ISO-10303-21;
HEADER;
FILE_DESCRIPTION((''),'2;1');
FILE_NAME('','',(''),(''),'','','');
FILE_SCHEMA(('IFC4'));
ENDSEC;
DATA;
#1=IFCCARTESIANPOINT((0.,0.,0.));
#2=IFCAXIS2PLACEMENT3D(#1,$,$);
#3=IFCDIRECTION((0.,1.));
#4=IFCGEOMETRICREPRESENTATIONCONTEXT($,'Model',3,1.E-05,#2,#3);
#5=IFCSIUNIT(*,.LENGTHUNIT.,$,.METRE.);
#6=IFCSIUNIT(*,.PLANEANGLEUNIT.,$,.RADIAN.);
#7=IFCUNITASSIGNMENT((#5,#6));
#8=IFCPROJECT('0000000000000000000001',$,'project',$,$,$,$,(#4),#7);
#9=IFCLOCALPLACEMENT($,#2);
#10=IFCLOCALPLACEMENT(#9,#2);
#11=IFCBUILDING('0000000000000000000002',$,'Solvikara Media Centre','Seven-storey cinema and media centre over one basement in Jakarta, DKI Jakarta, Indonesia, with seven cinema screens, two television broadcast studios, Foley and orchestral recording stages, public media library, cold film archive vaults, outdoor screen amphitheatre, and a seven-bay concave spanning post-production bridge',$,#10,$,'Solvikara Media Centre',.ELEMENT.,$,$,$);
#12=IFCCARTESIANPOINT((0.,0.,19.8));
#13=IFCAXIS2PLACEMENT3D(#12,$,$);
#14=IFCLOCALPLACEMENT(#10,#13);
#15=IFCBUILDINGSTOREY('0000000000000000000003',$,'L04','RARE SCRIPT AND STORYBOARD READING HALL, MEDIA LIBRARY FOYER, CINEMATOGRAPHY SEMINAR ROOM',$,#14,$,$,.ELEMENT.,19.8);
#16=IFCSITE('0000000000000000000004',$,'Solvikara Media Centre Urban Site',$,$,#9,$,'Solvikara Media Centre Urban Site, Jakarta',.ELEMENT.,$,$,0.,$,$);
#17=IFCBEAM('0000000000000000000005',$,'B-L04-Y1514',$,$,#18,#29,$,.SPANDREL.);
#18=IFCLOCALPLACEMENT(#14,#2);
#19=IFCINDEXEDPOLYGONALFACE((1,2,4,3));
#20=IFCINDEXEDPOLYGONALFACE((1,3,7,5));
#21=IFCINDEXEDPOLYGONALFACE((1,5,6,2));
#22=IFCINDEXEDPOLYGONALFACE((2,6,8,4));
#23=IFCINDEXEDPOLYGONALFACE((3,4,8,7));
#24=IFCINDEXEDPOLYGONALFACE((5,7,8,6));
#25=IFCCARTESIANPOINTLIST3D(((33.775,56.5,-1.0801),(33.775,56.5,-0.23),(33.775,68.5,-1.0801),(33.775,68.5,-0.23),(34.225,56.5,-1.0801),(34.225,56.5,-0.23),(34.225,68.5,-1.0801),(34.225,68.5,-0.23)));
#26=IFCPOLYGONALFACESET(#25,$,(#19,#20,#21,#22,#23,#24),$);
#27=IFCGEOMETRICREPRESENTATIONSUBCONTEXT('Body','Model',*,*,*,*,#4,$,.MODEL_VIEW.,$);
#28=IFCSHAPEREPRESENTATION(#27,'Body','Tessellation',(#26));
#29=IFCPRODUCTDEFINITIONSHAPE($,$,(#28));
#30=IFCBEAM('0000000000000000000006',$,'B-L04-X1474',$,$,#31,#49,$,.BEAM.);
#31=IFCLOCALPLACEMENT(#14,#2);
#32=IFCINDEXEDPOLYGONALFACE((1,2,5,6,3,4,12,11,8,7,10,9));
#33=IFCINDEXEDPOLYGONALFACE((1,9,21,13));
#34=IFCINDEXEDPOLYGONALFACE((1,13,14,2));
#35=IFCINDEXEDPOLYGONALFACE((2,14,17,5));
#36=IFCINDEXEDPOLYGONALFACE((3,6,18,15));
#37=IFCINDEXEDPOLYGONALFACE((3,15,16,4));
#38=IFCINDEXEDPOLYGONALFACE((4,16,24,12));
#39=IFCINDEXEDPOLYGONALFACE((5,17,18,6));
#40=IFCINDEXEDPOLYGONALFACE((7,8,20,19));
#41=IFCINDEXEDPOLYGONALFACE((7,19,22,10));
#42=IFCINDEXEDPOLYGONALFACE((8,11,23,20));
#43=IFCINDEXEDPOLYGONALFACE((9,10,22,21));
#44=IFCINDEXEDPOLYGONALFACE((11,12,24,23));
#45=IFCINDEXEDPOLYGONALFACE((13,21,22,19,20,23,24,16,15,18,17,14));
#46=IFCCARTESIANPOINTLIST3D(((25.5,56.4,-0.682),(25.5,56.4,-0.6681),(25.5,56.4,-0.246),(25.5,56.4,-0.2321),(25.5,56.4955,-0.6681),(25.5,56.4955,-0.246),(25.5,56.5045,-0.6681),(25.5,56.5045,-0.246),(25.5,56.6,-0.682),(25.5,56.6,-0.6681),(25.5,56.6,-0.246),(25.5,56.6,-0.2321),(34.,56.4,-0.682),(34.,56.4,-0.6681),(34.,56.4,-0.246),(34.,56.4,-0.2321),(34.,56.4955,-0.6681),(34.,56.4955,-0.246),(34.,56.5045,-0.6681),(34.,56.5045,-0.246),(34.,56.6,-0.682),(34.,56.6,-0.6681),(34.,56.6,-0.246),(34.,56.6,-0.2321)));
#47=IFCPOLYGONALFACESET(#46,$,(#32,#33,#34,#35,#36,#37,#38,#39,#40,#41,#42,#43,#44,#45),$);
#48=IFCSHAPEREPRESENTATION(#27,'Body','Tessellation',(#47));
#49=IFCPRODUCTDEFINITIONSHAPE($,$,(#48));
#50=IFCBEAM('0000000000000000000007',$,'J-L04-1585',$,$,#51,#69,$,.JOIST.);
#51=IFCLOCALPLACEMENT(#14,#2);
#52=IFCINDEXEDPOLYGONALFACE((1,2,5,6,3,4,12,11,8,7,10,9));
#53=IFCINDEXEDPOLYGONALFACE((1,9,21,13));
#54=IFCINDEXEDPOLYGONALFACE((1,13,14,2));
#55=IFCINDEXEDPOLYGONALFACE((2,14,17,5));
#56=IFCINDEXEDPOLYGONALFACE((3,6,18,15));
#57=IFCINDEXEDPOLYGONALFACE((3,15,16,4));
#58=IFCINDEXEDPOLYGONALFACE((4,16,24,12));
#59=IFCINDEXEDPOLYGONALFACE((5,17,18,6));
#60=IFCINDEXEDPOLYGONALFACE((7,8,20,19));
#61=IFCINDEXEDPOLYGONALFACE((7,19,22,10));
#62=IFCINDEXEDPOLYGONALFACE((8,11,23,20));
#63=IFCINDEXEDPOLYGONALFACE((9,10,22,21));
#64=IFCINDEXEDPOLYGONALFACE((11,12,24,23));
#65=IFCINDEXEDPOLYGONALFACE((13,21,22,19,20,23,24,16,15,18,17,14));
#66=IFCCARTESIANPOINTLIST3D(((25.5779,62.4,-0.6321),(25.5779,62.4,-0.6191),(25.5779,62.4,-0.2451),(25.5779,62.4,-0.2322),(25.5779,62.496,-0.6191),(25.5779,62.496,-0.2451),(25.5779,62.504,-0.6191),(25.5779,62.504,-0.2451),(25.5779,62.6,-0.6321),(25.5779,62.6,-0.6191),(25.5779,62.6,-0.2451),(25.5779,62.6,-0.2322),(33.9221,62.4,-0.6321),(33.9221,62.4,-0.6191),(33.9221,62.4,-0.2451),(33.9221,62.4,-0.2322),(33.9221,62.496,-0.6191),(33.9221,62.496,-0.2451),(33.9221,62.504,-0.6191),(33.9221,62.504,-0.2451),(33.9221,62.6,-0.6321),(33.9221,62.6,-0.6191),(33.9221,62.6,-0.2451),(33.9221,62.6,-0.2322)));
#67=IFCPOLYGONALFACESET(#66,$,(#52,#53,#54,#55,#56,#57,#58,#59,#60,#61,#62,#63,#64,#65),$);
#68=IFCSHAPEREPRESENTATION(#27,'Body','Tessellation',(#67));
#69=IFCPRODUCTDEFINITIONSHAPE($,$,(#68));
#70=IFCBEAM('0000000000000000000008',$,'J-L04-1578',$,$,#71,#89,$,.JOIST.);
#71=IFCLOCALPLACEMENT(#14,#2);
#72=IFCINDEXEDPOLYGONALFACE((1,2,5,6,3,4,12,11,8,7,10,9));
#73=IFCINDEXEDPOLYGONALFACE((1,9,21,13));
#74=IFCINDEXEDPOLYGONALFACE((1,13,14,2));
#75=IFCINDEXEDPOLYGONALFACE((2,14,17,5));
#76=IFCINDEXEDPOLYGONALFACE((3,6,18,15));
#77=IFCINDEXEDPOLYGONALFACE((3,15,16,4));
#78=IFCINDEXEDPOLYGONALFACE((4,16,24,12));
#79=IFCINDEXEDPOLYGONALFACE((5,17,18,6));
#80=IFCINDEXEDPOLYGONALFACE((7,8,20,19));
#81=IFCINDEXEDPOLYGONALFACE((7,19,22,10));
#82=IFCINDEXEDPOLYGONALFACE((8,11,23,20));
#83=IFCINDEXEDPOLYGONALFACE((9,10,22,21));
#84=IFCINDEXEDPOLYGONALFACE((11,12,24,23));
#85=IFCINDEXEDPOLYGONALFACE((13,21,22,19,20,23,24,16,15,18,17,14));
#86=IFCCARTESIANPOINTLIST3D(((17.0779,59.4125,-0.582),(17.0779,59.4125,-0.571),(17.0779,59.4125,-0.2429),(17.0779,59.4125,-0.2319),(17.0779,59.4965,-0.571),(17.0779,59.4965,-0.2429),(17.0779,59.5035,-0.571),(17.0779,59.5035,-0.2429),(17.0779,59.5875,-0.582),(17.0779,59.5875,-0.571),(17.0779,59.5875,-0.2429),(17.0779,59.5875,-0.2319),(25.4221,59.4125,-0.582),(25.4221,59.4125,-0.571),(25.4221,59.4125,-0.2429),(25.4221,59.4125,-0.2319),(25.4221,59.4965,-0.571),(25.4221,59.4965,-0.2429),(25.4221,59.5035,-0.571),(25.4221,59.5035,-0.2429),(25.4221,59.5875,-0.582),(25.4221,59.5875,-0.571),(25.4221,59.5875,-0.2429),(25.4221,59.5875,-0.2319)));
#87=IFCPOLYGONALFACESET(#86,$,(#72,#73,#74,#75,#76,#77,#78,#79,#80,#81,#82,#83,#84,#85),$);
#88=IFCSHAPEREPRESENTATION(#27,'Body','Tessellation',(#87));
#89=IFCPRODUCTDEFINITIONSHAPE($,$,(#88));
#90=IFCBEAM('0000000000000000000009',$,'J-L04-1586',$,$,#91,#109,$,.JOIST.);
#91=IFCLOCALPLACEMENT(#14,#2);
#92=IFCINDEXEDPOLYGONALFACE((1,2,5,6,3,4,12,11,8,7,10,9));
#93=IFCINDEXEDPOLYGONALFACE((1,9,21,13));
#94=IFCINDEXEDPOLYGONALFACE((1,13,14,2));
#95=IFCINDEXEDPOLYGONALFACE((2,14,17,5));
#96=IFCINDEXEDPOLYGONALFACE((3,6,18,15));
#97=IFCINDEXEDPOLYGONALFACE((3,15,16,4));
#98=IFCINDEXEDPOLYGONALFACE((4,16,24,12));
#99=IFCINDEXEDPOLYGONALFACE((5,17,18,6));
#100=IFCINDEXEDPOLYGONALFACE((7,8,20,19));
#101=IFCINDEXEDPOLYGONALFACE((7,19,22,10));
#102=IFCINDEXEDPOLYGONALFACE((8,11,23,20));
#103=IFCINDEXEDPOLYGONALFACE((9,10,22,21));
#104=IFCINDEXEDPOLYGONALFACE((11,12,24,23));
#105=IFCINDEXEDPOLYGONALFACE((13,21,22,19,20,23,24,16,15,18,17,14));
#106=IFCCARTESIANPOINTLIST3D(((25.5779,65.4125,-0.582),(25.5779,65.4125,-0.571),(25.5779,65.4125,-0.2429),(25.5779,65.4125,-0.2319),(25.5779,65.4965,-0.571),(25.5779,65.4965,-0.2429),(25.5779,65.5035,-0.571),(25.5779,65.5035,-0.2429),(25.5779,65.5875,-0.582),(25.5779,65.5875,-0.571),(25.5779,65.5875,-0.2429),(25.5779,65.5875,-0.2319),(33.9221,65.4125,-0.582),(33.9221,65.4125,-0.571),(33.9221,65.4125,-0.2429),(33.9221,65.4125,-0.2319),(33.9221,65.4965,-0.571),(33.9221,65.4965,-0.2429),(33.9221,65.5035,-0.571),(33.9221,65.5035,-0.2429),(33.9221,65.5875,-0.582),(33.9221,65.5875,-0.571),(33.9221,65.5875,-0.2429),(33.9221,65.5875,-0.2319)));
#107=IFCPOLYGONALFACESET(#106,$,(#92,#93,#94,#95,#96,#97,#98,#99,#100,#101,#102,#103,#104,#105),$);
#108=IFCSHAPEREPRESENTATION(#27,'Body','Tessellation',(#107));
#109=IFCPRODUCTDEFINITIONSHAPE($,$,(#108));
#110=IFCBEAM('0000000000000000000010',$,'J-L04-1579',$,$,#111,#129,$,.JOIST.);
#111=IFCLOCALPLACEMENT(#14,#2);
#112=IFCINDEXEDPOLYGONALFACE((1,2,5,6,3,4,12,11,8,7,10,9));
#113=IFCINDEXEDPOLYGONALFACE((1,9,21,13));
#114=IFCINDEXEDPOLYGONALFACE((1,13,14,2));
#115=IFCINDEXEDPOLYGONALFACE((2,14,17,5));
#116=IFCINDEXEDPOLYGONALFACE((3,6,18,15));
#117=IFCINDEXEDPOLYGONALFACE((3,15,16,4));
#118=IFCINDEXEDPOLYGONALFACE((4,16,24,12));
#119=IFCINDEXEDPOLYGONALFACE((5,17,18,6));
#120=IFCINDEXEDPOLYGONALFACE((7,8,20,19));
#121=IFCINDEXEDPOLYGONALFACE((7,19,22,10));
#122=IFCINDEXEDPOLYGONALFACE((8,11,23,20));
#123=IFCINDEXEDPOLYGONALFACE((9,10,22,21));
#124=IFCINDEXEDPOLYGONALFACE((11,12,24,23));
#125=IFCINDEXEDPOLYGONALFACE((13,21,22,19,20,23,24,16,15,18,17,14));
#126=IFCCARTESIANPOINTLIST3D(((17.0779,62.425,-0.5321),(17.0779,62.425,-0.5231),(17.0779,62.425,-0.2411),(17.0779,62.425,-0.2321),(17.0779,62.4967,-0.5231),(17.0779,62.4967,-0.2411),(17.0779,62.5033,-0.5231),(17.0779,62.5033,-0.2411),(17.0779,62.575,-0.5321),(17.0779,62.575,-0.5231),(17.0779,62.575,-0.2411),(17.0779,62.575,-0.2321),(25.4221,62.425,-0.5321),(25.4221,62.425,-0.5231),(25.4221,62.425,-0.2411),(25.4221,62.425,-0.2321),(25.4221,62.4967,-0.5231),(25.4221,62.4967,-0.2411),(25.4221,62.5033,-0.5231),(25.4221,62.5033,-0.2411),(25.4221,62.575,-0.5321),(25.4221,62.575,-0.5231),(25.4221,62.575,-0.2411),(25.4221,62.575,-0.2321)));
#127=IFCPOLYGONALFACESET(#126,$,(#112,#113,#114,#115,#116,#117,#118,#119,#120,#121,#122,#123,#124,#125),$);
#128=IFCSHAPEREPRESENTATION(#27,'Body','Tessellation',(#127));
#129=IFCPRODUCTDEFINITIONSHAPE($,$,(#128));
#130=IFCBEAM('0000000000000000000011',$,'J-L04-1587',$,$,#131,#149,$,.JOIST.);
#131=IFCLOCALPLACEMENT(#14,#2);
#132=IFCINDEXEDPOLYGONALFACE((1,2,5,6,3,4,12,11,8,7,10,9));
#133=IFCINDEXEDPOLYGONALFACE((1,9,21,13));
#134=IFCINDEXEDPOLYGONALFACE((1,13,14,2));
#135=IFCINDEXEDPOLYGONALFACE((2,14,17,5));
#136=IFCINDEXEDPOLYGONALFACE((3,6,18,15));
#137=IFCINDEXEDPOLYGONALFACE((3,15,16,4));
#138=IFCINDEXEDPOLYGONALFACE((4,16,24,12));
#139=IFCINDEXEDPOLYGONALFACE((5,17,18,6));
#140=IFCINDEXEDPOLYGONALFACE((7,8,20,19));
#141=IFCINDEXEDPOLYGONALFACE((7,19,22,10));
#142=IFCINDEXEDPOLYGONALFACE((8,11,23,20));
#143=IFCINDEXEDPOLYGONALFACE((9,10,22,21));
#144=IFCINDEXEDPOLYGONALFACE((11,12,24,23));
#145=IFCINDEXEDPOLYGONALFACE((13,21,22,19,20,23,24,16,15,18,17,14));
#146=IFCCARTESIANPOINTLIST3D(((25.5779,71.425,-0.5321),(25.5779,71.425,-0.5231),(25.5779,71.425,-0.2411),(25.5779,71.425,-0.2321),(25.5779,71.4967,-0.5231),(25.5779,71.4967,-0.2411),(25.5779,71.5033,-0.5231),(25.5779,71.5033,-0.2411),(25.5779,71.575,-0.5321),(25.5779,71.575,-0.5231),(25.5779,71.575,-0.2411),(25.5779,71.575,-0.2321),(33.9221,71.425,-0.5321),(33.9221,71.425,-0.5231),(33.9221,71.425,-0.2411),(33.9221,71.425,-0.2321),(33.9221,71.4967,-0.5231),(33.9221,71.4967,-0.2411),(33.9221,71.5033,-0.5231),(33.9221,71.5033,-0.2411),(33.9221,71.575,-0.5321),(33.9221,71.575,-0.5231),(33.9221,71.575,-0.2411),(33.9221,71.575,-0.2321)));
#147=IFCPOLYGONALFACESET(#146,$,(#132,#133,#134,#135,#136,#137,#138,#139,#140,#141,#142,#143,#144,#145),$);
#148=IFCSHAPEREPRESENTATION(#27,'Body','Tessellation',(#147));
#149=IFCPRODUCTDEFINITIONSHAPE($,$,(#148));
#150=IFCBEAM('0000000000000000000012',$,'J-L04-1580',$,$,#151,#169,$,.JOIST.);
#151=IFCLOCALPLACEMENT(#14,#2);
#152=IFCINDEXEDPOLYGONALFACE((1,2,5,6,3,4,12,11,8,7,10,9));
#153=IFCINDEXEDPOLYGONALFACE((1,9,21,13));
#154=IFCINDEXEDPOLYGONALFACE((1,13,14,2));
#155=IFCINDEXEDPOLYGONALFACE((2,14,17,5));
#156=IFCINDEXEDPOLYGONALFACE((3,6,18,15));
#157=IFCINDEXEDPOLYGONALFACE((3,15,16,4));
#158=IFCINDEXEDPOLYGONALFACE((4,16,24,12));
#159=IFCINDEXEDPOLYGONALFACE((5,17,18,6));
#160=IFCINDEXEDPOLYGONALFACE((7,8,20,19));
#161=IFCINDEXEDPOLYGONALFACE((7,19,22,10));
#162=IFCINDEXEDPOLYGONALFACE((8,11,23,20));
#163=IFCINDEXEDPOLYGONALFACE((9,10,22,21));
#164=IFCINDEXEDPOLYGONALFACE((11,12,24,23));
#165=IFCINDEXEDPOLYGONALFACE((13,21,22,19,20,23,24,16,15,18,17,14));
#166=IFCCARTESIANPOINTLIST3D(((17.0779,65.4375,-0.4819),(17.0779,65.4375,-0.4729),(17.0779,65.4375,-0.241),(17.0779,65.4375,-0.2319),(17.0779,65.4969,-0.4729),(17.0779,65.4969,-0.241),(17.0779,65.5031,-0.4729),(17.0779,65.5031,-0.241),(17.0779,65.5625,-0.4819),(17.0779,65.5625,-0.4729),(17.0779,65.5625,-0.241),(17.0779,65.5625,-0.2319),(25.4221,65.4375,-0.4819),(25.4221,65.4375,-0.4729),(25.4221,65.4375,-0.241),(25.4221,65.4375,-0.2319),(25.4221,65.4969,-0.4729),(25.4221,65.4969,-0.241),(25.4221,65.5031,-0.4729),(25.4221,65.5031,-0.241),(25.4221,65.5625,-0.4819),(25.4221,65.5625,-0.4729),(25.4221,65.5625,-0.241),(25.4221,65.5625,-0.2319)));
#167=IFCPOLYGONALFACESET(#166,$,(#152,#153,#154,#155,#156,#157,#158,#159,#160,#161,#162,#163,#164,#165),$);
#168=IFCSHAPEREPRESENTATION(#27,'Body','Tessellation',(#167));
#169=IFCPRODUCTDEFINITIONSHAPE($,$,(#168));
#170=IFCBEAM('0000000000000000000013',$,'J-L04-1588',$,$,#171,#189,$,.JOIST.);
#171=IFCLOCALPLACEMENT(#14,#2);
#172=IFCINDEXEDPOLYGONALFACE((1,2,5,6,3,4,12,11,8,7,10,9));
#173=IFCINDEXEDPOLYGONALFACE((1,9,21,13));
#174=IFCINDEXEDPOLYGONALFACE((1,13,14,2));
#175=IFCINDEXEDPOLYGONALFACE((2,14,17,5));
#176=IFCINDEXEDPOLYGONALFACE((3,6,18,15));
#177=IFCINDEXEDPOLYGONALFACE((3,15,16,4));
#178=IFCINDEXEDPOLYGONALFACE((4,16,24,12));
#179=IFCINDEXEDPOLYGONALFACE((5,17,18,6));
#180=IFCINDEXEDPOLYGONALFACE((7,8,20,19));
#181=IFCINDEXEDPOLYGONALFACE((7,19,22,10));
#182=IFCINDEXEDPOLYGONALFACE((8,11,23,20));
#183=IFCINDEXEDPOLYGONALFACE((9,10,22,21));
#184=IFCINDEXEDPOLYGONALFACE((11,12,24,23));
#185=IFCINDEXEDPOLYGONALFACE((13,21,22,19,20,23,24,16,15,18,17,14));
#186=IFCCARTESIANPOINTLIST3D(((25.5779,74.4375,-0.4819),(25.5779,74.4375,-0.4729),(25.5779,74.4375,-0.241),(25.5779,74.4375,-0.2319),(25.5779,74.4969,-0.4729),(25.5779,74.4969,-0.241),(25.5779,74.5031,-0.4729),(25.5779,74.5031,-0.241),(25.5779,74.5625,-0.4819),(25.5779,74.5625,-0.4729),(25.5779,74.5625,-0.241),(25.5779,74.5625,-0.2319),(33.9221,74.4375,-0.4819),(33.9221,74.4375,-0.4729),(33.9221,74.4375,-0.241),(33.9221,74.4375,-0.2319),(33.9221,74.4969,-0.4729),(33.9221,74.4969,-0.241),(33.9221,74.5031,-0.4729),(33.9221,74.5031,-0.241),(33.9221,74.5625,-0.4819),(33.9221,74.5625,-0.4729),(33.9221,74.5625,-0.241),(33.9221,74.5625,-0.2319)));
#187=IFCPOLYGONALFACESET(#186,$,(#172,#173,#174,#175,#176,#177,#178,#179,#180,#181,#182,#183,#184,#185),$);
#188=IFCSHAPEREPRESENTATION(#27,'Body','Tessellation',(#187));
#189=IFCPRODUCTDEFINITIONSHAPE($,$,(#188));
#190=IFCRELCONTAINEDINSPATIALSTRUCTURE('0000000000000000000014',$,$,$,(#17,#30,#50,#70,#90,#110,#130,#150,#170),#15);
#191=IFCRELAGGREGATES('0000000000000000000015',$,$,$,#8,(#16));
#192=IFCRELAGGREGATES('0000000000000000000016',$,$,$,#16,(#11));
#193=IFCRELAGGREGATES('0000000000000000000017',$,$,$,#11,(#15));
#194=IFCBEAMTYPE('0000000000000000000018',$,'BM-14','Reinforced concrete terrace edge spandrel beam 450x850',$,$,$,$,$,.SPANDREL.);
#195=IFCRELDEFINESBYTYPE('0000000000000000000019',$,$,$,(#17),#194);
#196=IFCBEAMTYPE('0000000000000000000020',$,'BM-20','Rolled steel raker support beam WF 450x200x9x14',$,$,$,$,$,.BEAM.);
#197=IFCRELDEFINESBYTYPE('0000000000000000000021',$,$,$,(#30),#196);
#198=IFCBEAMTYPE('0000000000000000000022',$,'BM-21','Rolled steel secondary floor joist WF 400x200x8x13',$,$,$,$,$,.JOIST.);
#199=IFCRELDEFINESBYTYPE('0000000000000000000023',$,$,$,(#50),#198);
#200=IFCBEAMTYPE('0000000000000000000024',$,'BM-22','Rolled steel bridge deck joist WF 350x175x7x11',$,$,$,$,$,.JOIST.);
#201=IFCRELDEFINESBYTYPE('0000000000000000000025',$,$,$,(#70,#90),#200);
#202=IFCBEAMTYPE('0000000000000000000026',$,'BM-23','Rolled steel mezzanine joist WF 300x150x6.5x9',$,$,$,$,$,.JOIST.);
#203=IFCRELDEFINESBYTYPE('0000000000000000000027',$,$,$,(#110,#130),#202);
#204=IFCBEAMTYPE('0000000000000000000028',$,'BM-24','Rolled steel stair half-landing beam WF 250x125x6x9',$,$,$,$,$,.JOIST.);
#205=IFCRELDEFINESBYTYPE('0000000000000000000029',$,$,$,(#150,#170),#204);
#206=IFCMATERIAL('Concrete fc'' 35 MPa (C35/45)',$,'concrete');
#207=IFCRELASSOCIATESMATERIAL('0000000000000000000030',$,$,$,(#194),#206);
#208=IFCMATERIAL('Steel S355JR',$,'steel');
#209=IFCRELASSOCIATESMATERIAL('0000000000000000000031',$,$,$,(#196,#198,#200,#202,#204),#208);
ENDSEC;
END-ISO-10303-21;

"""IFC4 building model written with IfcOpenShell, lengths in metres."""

from ifc_helpers import new_model, si_unit, direction, frame, origin, origin_2d, place, context, subcontext, project, spatial, rectangle, i_section, extrude, material, material_profile, profile_set, type_object, element, save


model = new_model("IFC4")

# Units and contexts
model_context = context("Model", 3, precision=1e-05, world=origin(), true_north=direction((0.0, 1.0)))
body_context = subcontext(model_context, "Body", "Model", "MODEL_VIEW")
ifc_project = project(units=[si_unit("LENGTHUNIT", "METRE"), si_unit("PLANEANGLEUNIT", "RADIAN")], contexts=[model_context])

# Site, building, storey
site_placement = place(None, origin())
site = spatial("IfcSite", under=ifc_project, at=site_placement, Name="Solvikara Media Centre Urban Site", LongName="Solvikara Media Centre Urban Site, Jakarta", CompositionType="ELEMENT", RefElevation=0.0)
building_placement = place(site_placement, origin())
building = spatial("IfcBuilding", under=site, at=building_placement, Name="Solvikara Media Centre", Description="Seven-storey cinema and media centre over one basement in Jakarta, DKI Jakarta, Indonesia, with seven cinema screens, two television broadcast studios, Foley and orchestral recording stages, public media library, cold film archive vaults, outdoor screen amphitheatre, and a seven-bay concave spanning post-production bridge", LongName="Solvikara Media Centre", CompositionType="ELEMENT")
storey_placement = place(building_placement, frame((0.0, 0.0, 19.8)))
storey = spatial("IfcBuildingStorey", under=building, at=storey_placement, Name="L04", Description="RARE SCRIPT AND STORYBOARD READING HALL, MEDIA LIBRARY FOYER, CINEMATOGRAPHY SEMINAR ROOM", CompositionType="ELEMENT", Elevation=19.8)

# Beams
ifc_material_1 = material(Name="Concrete fc' 35 MPa (C35/45)", Category="concrete")
ifc_material_profile_1 = material_profile(ifc_material_1, rectangle(XDim=0.45, YDim=0.8501, at=origin_2d()), Name="RC 450x850")
ifc_profile_set_1 = profile_set([ifc_material_profile_1], Name="Concrete fc' 35 MPa (C35/45)")
beam_type_1 = type_object("IfcBeamType", Name="BM-14", Description="Reinforced concrete terrace edge spandrel beam 450x850", PredefinedType="SPANDREL", material=ifc_profile_set_1)
beam_1_placement = place(storey_placement, frame((34.0, 56.5, -0.655), z_axis=(0.0, 1.0, 0.0), x_axis=(-1.0, 0.0, 0.0)))
element("IfcBeam", 1, at=beam_1_placement, inside=storey, type_object=beam_type_1, Name="B-L04-Y1514", PredefinedType="SPANDREL", context=body_context, shape_type="SweptSolid", body=[
    extrude(rectangle(XDim=0.45, YDim=0.8501, at=origin_2d()), origin(), (0.0, 0.0, 1.0), 12.0),
])
ifc_material_2 = material(Name="Steel S355JR", Category="steel")
ifc_material_profile_2 = material_profile(ifc_material_2, i_section(OverallWidth=0.2, OverallDepth=0.45, WebThickness=0.009, FlangeThickness=0.0139, at=origin_2d()), Name="WF 450x200x9x14")
ifc_profile_set_2 = profile_set([ifc_material_profile_2], Name="Steel S355JR")
beam_type_2 = type_object("IfcBeamType", Name="BM-20", Description="Rolled steel raker support beam WF 450x200x9x14", PredefinedType="BEAM", material=ifc_profile_set_2)
beam_2_placement = place(storey_placement, frame((25.5, 56.5, -0.457), z_axis=(1.0, 0.0, 0.0), x_axis=(0.0, 1.0, 0.0)))
element("IfcBeam", 2, at=beam_2_placement, inside=storey, type_object=beam_type_2, Name="B-L04-X1474", PredefinedType="BEAM", context=body_context, shape_type="SweptSolid", body=[
    extrude(i_section(OverallWidth=0.2, OverallDepth=0.45, WebThickness=0.009, FlangeThickness=0.0139, at=origin_2d()), origin(), (0.0, 0.0, 1.0), 8.5),
])
ifc_material_profile_3 = material_profile(ifc_material_2, i_section(OverallWidth=0.2, OverallDepth=0.3999, WebThickness=0.0081, FlangeThickness=0.0129, at=origin_2d()), Name="WF 400x200x8x13")
ifc_profile_set_3 = profile_set([ifc_material_profile_3], Name="Steel S355JR")
beam_type_3 = type_object("IfcBeamType", Name="BM-21", Description="Rolled steel secondary floor joist WF 400x200x8x13", PredefinedType="JOIST", material=ifc_profile_set_3)
beam_3_placement = place(storey_placement, frame((25.5779, 62.5, -0.4321), z_axis=(1.0, 0.0, 0.0), x_axis=(0.0, 1.0, 0.0)))
element("IfcBeam", 3, at=beam_3_placement, inside=storey, type_object=beam_type_3, Name="J-L04-1585", PredefinedType="JOIST", context=body_context, shape_type="SweptSolid", body=[
    extrude(i_section(OverallWidth=0.2, OverallDepth=0.3999, WebThickness=0.0081, FlangeThickness=0.0129, at=origin_2d()), origin(), (0.0, 0.0, 1.0), 8.3442),
])
ifc_material_profile_4 = material_profile(ifc_material_2, i_section(OverallWidth=0.175, OverallDepth=0.3501, WebThickness=0.0071, FlangeThickness=0.011, at=origin_2d()), Name="WF 350x175x7x11")
ifc_profile_set_4 = profile_set([ifc_material_profile_4], Name="Steel S355JR")
beam_type_4 = type_object("IfcBeamType", Name="BM-22", Description="Rolled steel bridge deck joist WF 350x175x7x11", PredefinedType="JOIST", material=ifc_profile_set_4)
for number, where, z_axis, x_axis, name in (
    (4, (17.0779, 59.5, -0.407), (1.0, 0.0, 0.0), (0.0, 1.0, 0.0), "J-L04-1578"),
    (5, (25.5779, 65.5, -0.407), (1.0, 0.0, 0.0), (0.0, 1.0, 0.0), "J-L04-1586"),
):
    element("IfcBeam", number, at=place(storey_placement, frame(where, z_axis=z_axis, x_axis=x_axis)), inside=storey, type_object=beam_type_4, Name=name, PredefinedType="JOIST", context=body_context, shape_type="SweptSolid", body=[
        extrude(i_section(OverallWidth=0.175, OverallDepth=0.3501, WebThickness=0.0071, FlangeThickness=0.011, at=origin_2d()), origin(), (0.0, 0.0, 1.0), 8.3442),
    ])
ifc_material_profile_5 = material_profile(ifc_material_2, i_section(OverallWidth=0.1499, OverallDepth=0.3, WebThickness=0.0066, FlangeThickness=0.009, at=origin_2d()), Name="WF 300x150x6.5x9")
ifc_profile_set_5 = profile_set([ifc_material_profile_5], Name="Steel S355JR")
beam_type_5 = type_object("IfcBeamType", Name="BM-23", Description="Rolled steel mezzanine joist WF 300x150x6.5x9", PredefinedType="JOIST", material=ifc_profile_set_5)
for number, where, z_axis, x_axis, name in (
    (6, (17.0779, 62.5, -0.3821), (1.0, 0.0, 0.0), (0.0, 1.0, 0.0), "J-L04-1579"),
    (7, (25.5779, 71.5, -0.3821), (1.0, 0.0, 0.0), (0.0, 1.0, 0.0), "J-L04-1587"),
):
    element("IfcBeam", number, at=place(storey_placement, frame(where, z_axis=z_axis, x_axis=x_axis)), inside=storey, type_object=beam_type_5, Name=name, PredefinedType="JOIST", context=body_context, shape_type="SweptSolid", body=[
        extrude(i_section(OverallWidth=0.1499, OverallDepth=0.3, WebThickness=0.0066, FlangeThickness=0.009, at=origin_2d()), origin(), (0.0, 0.0, 1.0), 8.3442),
    ])
ifc_material_profile_6 = material_profile(ifc_material_2, i_section(OverallWidth=0.125, OverallDepth=0.25, WebThickness=0.0061, FlangeThickness=0.009, at=origin_2d()), Name="WF 250x125x6x9")
ifc_profile_set_6 = profile_set([ifc_material_profile_6], Name="Steel S355JR")
beam_type_6 = type_object("IfcBeamType", Name="BM-24", Description="Rolled steel stair half-landing beam WF 250x125x6x9", PredefinedType="JOIST", material=ifc_profile_set_6)
for number, where, z_axis, x_axis, name in (
    (8, (17.0779, 65.5, -0.3569), (1.0, 0.0, 0.0), (0.0, 1.0, 0.0), "J-L04-1580"),
    (9, (25.5779, 74.5, -0.3569), (1.0, 0.0, 0.0), (0.0, 1.0, 0.0), "J-L04-1588"),
):
    element("IfcBeam", number, at=place(storey_placement, frame(where, z_axis=z_axis, x_axis=x_axis)), inside=storey, type_object=beam_type_6, Name=name, PredefinedType="JOIST", context=body_context, shape_type="SweptSolid", body=[
        extrude(i_section(OverallWidth=0.125, OverallDepth=0.25, WebThickness=0.0061, FlangeThickness=0.009, at=origin_2d()), origin(), (0.0, 0.0, 1.0), 8.3442),
    ])

save(model, "model.ifc")
